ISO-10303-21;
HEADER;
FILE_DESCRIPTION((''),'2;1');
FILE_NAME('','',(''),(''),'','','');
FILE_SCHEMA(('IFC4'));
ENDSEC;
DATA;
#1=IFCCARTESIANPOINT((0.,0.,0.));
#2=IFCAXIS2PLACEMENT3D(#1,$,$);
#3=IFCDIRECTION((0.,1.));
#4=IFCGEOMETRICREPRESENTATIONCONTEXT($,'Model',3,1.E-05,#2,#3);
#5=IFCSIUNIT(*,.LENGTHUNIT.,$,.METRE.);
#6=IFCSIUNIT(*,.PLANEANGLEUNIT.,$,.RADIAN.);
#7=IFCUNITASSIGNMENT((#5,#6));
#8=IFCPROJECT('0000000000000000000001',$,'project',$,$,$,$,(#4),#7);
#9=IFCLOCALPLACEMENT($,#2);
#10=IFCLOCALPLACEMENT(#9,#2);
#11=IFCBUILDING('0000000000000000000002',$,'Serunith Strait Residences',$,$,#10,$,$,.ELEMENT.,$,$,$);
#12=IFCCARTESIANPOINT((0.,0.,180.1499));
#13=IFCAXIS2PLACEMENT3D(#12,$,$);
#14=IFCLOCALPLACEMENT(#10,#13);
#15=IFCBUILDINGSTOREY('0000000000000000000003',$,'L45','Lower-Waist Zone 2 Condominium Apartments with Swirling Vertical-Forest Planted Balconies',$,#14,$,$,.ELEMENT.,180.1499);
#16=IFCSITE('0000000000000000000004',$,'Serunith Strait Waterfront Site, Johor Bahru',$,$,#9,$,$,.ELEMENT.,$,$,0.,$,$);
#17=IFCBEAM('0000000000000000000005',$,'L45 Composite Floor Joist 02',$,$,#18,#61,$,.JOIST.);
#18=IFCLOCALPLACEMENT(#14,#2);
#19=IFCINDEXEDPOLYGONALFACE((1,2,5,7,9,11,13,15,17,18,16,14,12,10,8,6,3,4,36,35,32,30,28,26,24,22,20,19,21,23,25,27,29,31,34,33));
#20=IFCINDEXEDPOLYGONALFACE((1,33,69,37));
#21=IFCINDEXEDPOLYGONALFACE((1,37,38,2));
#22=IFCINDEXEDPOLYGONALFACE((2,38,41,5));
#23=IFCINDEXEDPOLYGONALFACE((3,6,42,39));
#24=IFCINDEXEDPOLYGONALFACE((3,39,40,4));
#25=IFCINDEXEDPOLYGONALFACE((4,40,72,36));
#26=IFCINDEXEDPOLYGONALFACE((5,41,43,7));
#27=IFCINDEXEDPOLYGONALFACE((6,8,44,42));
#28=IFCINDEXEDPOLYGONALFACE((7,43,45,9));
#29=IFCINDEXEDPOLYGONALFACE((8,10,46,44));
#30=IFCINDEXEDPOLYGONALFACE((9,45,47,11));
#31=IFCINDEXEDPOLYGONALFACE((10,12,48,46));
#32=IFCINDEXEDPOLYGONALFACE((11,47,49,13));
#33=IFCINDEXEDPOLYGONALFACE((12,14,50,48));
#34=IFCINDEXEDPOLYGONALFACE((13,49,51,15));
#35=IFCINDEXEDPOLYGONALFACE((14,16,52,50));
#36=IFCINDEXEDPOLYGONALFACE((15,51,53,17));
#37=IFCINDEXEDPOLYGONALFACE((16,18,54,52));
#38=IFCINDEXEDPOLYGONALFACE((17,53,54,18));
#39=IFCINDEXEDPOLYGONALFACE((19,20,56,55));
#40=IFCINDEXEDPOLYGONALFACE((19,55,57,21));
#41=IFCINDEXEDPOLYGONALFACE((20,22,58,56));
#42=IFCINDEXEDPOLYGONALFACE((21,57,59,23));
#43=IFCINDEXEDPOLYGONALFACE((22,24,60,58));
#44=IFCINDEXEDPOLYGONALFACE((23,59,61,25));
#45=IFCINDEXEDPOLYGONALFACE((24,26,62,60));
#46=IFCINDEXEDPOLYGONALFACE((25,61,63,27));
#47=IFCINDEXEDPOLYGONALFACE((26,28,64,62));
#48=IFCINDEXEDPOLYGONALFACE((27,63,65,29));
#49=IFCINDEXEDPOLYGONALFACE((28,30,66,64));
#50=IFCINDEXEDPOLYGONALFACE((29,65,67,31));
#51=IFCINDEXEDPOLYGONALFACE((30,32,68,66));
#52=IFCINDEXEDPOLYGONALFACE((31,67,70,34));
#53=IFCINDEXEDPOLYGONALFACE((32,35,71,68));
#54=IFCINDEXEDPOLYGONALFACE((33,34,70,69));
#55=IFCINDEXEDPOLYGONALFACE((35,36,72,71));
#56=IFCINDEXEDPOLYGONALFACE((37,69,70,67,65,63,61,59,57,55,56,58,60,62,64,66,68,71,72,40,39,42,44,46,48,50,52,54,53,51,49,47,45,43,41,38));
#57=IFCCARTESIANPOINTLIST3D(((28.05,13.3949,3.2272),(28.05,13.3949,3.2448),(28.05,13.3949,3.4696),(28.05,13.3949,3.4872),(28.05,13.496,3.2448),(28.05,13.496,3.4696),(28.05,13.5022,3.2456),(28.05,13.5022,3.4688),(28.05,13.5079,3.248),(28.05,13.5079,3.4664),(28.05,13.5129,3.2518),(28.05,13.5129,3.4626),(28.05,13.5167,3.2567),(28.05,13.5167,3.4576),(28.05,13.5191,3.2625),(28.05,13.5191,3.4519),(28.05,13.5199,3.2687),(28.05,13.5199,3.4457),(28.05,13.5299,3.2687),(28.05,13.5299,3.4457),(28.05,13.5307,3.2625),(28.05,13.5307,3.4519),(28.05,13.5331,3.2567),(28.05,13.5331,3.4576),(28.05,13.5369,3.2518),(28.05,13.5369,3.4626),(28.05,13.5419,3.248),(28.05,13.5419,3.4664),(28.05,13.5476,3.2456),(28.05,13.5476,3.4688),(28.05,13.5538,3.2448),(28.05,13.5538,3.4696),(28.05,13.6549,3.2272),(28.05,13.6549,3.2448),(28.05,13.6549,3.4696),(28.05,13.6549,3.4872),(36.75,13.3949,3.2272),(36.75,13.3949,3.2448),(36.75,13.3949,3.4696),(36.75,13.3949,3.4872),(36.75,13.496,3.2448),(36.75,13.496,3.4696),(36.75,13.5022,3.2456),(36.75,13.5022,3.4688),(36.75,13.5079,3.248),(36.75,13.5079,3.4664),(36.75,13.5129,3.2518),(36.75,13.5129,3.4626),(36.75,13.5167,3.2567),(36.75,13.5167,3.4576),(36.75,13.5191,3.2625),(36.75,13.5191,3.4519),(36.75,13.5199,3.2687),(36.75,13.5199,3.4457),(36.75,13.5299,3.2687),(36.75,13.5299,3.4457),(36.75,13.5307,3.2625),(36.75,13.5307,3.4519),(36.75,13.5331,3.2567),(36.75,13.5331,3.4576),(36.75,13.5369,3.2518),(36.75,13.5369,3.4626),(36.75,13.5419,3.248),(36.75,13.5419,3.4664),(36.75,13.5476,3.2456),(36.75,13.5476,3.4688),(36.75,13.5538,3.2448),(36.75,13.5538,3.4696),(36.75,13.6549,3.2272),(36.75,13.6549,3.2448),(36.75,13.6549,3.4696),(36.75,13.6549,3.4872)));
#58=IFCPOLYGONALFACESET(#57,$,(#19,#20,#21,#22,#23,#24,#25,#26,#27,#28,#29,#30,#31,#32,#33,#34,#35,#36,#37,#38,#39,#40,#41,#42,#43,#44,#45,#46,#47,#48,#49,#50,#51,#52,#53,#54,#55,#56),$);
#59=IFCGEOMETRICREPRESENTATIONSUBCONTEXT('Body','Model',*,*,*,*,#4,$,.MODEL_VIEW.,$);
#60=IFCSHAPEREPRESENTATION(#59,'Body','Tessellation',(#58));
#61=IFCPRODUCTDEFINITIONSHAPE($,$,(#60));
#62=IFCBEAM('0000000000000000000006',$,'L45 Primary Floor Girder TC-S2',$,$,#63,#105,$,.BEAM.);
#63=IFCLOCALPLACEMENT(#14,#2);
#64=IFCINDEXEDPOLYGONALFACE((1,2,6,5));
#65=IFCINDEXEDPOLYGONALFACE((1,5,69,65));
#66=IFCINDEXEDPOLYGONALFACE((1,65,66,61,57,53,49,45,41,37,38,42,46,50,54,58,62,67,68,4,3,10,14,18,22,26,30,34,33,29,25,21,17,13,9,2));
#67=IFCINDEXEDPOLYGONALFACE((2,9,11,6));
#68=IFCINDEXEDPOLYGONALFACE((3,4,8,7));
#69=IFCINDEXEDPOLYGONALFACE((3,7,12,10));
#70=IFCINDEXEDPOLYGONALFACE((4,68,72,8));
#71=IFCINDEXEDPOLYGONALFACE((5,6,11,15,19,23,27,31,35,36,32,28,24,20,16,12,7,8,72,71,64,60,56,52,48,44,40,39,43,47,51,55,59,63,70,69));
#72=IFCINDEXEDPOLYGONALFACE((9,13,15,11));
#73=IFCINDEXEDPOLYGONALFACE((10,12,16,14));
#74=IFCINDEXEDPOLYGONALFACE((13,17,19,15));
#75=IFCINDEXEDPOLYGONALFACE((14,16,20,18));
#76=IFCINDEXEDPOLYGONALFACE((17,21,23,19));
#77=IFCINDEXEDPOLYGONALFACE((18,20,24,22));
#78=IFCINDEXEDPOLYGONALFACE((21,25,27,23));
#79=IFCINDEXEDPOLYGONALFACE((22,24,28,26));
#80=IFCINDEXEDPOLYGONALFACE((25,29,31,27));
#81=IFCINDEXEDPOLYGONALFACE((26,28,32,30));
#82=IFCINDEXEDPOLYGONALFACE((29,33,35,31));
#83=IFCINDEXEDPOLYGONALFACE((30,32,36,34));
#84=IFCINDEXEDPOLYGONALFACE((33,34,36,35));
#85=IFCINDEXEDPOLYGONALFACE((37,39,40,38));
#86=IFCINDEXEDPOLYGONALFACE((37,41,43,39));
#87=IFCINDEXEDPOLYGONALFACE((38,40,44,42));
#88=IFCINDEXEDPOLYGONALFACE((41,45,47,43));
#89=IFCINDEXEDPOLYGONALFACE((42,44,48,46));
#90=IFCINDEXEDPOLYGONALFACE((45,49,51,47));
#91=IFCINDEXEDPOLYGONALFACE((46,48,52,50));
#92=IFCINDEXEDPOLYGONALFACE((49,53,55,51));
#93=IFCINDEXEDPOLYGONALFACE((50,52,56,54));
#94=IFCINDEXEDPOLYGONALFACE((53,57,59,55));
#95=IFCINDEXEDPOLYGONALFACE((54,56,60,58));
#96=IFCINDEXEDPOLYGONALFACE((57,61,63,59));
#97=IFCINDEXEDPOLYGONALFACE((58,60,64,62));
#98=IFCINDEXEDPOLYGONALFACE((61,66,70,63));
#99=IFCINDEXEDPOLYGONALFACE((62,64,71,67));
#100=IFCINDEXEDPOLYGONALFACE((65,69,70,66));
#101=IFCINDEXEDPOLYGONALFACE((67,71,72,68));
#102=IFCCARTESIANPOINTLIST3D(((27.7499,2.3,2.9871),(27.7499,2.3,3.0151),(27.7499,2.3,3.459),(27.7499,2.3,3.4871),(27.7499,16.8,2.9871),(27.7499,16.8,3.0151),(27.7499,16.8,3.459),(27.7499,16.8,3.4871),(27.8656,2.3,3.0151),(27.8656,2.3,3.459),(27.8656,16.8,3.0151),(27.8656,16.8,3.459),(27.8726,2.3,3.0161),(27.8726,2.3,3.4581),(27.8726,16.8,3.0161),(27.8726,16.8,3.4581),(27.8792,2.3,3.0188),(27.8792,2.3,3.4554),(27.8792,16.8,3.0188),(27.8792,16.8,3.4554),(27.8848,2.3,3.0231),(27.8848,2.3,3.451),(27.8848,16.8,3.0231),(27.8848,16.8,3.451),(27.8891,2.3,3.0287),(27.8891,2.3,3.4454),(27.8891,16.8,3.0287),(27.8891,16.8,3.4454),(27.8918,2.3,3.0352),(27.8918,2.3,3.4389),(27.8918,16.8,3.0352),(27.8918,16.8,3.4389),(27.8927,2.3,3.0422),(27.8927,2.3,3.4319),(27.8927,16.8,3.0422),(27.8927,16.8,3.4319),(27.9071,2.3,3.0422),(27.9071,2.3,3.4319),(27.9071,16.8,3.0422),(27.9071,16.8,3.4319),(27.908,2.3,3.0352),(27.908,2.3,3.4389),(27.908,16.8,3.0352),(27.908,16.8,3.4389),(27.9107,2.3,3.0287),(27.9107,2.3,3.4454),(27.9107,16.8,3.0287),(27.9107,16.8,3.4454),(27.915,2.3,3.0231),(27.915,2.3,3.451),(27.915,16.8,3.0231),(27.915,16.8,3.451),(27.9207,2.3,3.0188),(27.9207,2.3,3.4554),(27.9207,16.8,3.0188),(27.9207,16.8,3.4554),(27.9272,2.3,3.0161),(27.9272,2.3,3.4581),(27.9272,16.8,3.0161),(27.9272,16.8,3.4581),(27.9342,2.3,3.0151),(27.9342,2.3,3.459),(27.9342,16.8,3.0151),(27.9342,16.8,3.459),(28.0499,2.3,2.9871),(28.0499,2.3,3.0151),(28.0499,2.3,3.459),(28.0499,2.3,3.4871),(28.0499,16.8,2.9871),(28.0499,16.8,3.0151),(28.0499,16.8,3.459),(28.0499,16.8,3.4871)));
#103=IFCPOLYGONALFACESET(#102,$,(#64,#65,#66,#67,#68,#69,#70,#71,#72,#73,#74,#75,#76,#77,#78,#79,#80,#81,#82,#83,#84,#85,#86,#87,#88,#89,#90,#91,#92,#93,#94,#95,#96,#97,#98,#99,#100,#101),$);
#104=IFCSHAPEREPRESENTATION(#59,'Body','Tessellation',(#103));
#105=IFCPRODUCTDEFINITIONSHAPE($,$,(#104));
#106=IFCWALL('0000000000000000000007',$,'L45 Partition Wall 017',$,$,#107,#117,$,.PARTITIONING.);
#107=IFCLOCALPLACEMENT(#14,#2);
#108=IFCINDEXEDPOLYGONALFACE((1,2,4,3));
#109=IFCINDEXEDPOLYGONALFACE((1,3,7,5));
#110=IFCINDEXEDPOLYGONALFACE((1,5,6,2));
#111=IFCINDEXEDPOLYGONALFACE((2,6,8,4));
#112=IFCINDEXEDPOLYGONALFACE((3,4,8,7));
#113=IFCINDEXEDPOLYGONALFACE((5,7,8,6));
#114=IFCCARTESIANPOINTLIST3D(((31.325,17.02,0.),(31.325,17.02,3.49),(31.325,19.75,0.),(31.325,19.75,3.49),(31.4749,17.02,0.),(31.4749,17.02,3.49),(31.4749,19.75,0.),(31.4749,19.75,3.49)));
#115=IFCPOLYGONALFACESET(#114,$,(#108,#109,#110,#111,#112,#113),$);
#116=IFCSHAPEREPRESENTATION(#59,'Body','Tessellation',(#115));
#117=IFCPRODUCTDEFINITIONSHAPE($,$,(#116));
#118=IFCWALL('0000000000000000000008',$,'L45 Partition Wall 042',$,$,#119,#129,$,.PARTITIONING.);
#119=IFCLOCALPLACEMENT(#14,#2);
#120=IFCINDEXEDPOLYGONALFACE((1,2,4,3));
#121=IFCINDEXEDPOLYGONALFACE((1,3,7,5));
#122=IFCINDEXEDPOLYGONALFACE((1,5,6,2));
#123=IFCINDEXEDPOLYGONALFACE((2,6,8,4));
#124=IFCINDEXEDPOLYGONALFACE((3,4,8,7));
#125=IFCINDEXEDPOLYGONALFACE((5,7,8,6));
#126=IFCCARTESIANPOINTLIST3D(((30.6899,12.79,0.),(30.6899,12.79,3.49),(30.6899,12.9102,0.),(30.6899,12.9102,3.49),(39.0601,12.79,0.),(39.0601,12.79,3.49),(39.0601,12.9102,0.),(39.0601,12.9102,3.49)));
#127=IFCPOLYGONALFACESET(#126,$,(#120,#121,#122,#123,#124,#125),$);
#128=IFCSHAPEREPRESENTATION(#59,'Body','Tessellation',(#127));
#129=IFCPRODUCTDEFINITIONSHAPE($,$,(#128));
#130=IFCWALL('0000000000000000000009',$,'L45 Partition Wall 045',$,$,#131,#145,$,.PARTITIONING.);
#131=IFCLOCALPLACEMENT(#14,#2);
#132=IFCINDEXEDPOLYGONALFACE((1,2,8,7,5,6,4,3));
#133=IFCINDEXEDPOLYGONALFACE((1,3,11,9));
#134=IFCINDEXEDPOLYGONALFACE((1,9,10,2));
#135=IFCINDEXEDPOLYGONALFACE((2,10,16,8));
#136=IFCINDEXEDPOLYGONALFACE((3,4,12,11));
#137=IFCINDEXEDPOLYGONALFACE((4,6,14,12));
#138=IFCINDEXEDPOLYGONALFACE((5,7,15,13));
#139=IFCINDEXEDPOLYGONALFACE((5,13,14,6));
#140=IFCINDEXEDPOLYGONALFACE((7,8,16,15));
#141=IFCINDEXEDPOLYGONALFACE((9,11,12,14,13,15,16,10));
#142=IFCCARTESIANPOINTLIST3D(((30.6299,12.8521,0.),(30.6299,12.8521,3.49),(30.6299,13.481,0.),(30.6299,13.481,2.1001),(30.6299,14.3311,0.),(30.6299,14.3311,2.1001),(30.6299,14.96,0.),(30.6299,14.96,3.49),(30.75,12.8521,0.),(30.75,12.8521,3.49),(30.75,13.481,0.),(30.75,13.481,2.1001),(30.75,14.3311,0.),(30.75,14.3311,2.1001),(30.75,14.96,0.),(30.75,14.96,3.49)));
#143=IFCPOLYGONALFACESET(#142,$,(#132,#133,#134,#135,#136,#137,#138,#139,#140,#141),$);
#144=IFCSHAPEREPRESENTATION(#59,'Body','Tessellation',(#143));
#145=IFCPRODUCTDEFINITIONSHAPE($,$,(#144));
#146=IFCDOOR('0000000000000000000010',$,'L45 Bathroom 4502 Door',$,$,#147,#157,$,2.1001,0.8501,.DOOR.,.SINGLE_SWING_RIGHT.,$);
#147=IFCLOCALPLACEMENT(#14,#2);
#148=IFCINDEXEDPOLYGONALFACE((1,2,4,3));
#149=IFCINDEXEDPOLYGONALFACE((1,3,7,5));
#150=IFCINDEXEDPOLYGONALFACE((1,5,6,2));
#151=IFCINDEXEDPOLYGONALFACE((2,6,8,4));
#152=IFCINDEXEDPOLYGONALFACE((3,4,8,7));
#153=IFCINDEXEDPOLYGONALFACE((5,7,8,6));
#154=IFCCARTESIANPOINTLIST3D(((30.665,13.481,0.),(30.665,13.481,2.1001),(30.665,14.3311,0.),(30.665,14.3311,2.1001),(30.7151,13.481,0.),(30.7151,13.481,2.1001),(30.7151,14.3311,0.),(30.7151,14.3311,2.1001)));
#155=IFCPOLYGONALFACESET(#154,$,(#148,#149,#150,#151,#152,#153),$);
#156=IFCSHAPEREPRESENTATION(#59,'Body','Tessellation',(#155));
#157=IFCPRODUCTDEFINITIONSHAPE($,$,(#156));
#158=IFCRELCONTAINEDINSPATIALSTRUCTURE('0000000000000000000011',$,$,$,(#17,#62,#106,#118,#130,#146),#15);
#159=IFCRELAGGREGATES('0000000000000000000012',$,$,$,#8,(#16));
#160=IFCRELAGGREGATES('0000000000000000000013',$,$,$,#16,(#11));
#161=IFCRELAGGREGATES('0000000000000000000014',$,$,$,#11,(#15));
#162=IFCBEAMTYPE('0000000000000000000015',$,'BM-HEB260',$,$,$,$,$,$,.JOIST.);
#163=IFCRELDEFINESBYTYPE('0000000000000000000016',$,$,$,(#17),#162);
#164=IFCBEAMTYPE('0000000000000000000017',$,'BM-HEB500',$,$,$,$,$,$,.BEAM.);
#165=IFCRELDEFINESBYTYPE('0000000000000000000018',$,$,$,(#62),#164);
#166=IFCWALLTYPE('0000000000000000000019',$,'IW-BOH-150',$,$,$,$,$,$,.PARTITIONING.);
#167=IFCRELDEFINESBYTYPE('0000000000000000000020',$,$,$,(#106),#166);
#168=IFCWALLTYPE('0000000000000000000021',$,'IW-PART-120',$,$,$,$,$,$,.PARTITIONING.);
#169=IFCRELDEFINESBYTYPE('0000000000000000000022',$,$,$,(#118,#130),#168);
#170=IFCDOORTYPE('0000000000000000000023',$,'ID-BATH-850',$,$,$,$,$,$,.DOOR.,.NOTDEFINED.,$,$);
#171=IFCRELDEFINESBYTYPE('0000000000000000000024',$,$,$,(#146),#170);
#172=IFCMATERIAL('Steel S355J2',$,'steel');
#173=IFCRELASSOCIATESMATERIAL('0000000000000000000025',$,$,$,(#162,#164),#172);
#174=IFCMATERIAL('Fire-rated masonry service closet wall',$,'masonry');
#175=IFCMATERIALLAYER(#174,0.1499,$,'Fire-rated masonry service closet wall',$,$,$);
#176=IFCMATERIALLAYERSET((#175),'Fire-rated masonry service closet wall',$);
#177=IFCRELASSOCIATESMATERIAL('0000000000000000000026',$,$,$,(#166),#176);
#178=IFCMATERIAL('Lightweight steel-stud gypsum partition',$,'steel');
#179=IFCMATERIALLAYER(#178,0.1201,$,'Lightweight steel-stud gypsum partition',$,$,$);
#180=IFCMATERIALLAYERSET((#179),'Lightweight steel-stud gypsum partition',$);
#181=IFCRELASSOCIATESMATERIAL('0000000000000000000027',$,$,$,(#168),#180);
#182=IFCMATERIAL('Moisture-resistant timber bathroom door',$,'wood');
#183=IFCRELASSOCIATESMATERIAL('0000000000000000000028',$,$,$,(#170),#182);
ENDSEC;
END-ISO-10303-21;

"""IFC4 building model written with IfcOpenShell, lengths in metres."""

from ifc_helpers import new_model, si_unit, direction, frame, frame_2d, origin, origin_2d, place, context, subcontext, project, spatial, rectangle, i_section, extrude, source, transform, mapped, material, layer, layer_set, material_profile, profile_set, type_object, element, fill, save


model = new_model("IFC4")

# Units and contexts
model_context = context("Model", 3, precision=1e-05, world=origin(), true_north=direction((0.0, 1.0)))
body_context = subcontext(model_context, "Body", "Model", "MODEL_VIEW")
ifc_project = project(units=[si_unit("LENGTHUNIT", "METRE"), si_unit("PLANEANGLEUNIT", "RADIAN")], contexts=[model_context])

# Site, building, storey
site_placement = place(None, origin())
site = spatial("IfcSite", under=ifc_project, at=site_placement, Name="Serunith Strait Waterfront Site, Johor Bahru", CompositionType="ELEMENT", RefElevation=0.0)
building_placement = place(site_placement, origin())
building = spatial("IfcBuilding", under=site, at=building_placement, Name="Serunith Strait Residences", CompositionType="ELEMENT")
storey_placement = place(building_placement, frame((0.0, 0.0, 180.1499)))
storey = spatial("IfcBuildingStorey", under=building, at=storey_placement, Name="L45", Description="Lower-Waist Zone 2 Condominium Apartments with Swirling Vertical-Forest Planted Balconies", CompositionType="ELEMENT", Elevation=180.1499)

# Beams
ifc_material_1 = material(Name="Steel S355J2", Category="steel")
ifc_material_profile_1 = material_profile(ifc_material_1, i_section(OverallWidth=0.26, OverallDepth=0.26, WebThickness=0.01, FlangeThickness=0.0176, FilletRadius=0.0239, at=origin_2d()), Name="HEB 260")
ifc_profile_set_1 = profile_set([ifc_material_profile_1], Name="Steel S355J2")
beam_type_1 = type_object("IfcBeamType", Name="BM-HEB260", PredefinedType="JOIST", material=ifc_profile_set_1)
shared_shape_1 = source(origin(), body_context, "Body", "SweptSolid", [
    extrude(i_section(OverallWidth=0.26, OverallDepth=0.26, WebThickness=0.01, FlangeThickness=0.0176, FilletRadius=0.0239, at=origin_2d()), origin(), (0.0, 0.0, 1.0), 8.7),
])
beam_1_placement = place(storey_placement, frame((28.05, 13.5249, 3.3572), z_axis=(1.0, 0.0, 0.0), x_axis=(0.0, 1.0, 0.0)))
element("IfcBeam", 1, at=beam_1_placement, inside=storey, type_object=beam_type_1, Name="L45 Composite Floor Joist 02", PredefinedType="JOIST", context=body_context, shape_type="MappedRepresentation", body=[
    mapped(shared_shape_1, transform((0.0, 0.0, 0.0), scale=1.0)),
])
ifc_material_profile_2 = material_profile(ifc_material_1, i_section(OverallWidth=0.3, OverallDepth=0.5, WebThickness=0.0144, FlangeThickness=0.0281, FilletRadius=0.0271, at=origin_2d()), Name="HEB 500")
ifc_profile_set_2 = profile_set([ifc_material_profile_2], Name="Steel S355J2")
beam_type_2 = type_object("IfcBeamType", Name="BM-HEB500", PredefinedType="BEAM", material=ifc_profile_set_2)
shared_shape_2 = source(origin(), body_context, "Body", "SweptSolid", [
    extrude(i_section(OverallWidth=0.3, OverallDepth=0.5, WebThickness=0.0144, FlangeThickness=0.0281, FilletRadius=0.0271, at=origin_2d()), origin(), (0.0, 0.0, 1.0), 14.5),
])
beam_2_placement = place(storey_placement, frame((27.8999, 16.8, 3.2371), z_axis=(0.0, -1.0, 0.0), x_axis=(1.0, 0.0, 0.0)))
element("IfcBeam", 2, at=beam_2_placement, inside=storey, type_object=beam_type_2, Name="L45 Primary Floor Girder TC-S2", PredefinedType="BEAM", context=body_context, shape_type="MappedRepresentation", body=[
    mapped(shared_shape_2, transform((0.0, 0.0, 0.0), scale=1.0)),
])

# Walls
ifc_material_2 = material(Name="Fire-rated masonry service closet wall", Category="masonry")
ifc_layer_1 = layer(ifc_material_2, 0.1499, Name="Fire-rated masonry service closet wall")
ifc_layer_set_1 = layer_set([ifc_layer_1], Name="Fire-rated masonry service closet wall")
wall_type_1 = type_object("IfcWallType", Name="IW-BOH-150", PredefinedType="PARTITIONING", material=ifc_layer_set_1)
wall_1_placement = place(storey_placement, frame((31.3999, 17.02, 0.0), z_axis=(0.0, 0.0, 1.0), x_axis=(0.0, 1.0, 0.0)))
element("IfcWall", 3, at=wall_1_placement, inside=storey, type_object=wall_type_1, Name="L45 Partition Wall 017", PredefinedType="PARTITIONING", context=body_context, shape_type="SweptSolid", body=[
    extrude(rectangle(XDim=2.73, YDim=0.1499, at=frame_2d((1.365, 0.0))), origin(), (0.0, 0.0, 1.0), 3.49),
])
ifc_material_3 = material(Name="Lightweight steel-stud gypsum partition", Category="steel")
ifc_layer_2 = layer(ifc_material_3, 0.1201, Name="Lightweight steel-stud gypsum partition")
ifc_layer_set_2 = layer_set([ifc_layer_2], Name="Lightweight steel-stud gypsum partition")
wall_type_2 = type_object("IfcWallType", Name="IW-PART-120", PredefinedType="PARTITIONING", material=ifc_layer_set_2)
wall_2_placement = place(storey_placement, frame((30.6899, 12.8501, 0.0), z_axis=(0.0, 0.0, 1.0), x_axis=(1.0, 0.0, 0.0)))
element("IfcWall", 4, at=wall_2_placement, inside=storey, type_object=wall_type_2, Name="L45 Partition Wall 042", PredefinedType="PARTITIONING", context=body_context, shape_type="SweptSolid", body=[
    extrude(rectangle(XDim=8.3701, YDim=0.1201, at=frame_2d((4.1851, 0.0))), origin(), (0.0, 0.0, 1.0), 3.49),
])

# Wall, opening, door
wall_3_placement = place(storey_placement, frame((30.6899, 12.8521, 0.0), z_axis=(0.0, 0.0, 1.0), x_axis=(0.0, 1.0, 0.0)))
wall_3 = element("IfcWall", 5, at=wall_3_placement, inside=storey, type_object=wall_type_2, Name="L45 Partition Wall 045", PredefinedType="PARTITIONING", context=body_context, shape_type="SweptSolid", body=[
    extrude(rectangle(XDim=2.1079, YDim=0.1201, at=frame_2d((1.054, 0.0))), origin(), (0.0, 0.0, 1.0), 3.49),
])
opening_1_placement = place(wall_3_placement, frame((0.6289, 0.0, 0.0)))
opening_1 = element("IfcOpeningElement", 6, at=opening_1_placement, cuts=wall_3, PredefinedType="OPENING", context=body_context, shape_type="SweptSolid", body=[
    extrude(rectangle(XDim=0.8501, YDim=2.1001, at=frame_2d((0.425, 1.05))), frame((0.0, 0.0701, 0.0), z_axis=(0.0, -1.0, 0.0), x_axis=(1.0, 0.0, 0.0)), (0.0, 0.0, 1.0), 0.1401),
])
ifc_material_4 = material(Name="Moisture-resistant timber bathroom door", Category="wood")
door_type_1 = type_object("IfcDoorType", Name="ID-BATH-850", OperationType="NOTDEFINED", PredefinedType="DOOR", material=ifc_material_4)
shared_shape_3 = source(origin(), body_context, "Body", "SweptSolid", [
    extrude(rectangle(XDim=0.8501, YDim=2.1001, at=frame_2d((0.425, 1.05))), frame((0.0, 0.0249, 0.0), z_axis=(0.0, -1.0, 0.0), x_axis=(1.0, 0.0, 0.0)), (0.0, 0.0, 1.0), 0.05),
])
door_1_placement = place(opening_1_placement, origin())
door_1 = element("IfcDoor", 7, at=door_1_placement, inside=storey, type_object=door_type_1, Name="L45 Bathroom 4502 Door", OperationType="SINGLE_SWING_RIGHT", OverallHeight=2.1001, OverallWidth=0.8501, PredefinedType="DOOR", context=body_context, shape_type="MappedRepresentation", body=[
    mapped(shared_shape_3, transform((0.0, 0.0, 0.0), scale=1.0)),
])
fill(opening_1, door_1)

save(model, "model.ifc")
